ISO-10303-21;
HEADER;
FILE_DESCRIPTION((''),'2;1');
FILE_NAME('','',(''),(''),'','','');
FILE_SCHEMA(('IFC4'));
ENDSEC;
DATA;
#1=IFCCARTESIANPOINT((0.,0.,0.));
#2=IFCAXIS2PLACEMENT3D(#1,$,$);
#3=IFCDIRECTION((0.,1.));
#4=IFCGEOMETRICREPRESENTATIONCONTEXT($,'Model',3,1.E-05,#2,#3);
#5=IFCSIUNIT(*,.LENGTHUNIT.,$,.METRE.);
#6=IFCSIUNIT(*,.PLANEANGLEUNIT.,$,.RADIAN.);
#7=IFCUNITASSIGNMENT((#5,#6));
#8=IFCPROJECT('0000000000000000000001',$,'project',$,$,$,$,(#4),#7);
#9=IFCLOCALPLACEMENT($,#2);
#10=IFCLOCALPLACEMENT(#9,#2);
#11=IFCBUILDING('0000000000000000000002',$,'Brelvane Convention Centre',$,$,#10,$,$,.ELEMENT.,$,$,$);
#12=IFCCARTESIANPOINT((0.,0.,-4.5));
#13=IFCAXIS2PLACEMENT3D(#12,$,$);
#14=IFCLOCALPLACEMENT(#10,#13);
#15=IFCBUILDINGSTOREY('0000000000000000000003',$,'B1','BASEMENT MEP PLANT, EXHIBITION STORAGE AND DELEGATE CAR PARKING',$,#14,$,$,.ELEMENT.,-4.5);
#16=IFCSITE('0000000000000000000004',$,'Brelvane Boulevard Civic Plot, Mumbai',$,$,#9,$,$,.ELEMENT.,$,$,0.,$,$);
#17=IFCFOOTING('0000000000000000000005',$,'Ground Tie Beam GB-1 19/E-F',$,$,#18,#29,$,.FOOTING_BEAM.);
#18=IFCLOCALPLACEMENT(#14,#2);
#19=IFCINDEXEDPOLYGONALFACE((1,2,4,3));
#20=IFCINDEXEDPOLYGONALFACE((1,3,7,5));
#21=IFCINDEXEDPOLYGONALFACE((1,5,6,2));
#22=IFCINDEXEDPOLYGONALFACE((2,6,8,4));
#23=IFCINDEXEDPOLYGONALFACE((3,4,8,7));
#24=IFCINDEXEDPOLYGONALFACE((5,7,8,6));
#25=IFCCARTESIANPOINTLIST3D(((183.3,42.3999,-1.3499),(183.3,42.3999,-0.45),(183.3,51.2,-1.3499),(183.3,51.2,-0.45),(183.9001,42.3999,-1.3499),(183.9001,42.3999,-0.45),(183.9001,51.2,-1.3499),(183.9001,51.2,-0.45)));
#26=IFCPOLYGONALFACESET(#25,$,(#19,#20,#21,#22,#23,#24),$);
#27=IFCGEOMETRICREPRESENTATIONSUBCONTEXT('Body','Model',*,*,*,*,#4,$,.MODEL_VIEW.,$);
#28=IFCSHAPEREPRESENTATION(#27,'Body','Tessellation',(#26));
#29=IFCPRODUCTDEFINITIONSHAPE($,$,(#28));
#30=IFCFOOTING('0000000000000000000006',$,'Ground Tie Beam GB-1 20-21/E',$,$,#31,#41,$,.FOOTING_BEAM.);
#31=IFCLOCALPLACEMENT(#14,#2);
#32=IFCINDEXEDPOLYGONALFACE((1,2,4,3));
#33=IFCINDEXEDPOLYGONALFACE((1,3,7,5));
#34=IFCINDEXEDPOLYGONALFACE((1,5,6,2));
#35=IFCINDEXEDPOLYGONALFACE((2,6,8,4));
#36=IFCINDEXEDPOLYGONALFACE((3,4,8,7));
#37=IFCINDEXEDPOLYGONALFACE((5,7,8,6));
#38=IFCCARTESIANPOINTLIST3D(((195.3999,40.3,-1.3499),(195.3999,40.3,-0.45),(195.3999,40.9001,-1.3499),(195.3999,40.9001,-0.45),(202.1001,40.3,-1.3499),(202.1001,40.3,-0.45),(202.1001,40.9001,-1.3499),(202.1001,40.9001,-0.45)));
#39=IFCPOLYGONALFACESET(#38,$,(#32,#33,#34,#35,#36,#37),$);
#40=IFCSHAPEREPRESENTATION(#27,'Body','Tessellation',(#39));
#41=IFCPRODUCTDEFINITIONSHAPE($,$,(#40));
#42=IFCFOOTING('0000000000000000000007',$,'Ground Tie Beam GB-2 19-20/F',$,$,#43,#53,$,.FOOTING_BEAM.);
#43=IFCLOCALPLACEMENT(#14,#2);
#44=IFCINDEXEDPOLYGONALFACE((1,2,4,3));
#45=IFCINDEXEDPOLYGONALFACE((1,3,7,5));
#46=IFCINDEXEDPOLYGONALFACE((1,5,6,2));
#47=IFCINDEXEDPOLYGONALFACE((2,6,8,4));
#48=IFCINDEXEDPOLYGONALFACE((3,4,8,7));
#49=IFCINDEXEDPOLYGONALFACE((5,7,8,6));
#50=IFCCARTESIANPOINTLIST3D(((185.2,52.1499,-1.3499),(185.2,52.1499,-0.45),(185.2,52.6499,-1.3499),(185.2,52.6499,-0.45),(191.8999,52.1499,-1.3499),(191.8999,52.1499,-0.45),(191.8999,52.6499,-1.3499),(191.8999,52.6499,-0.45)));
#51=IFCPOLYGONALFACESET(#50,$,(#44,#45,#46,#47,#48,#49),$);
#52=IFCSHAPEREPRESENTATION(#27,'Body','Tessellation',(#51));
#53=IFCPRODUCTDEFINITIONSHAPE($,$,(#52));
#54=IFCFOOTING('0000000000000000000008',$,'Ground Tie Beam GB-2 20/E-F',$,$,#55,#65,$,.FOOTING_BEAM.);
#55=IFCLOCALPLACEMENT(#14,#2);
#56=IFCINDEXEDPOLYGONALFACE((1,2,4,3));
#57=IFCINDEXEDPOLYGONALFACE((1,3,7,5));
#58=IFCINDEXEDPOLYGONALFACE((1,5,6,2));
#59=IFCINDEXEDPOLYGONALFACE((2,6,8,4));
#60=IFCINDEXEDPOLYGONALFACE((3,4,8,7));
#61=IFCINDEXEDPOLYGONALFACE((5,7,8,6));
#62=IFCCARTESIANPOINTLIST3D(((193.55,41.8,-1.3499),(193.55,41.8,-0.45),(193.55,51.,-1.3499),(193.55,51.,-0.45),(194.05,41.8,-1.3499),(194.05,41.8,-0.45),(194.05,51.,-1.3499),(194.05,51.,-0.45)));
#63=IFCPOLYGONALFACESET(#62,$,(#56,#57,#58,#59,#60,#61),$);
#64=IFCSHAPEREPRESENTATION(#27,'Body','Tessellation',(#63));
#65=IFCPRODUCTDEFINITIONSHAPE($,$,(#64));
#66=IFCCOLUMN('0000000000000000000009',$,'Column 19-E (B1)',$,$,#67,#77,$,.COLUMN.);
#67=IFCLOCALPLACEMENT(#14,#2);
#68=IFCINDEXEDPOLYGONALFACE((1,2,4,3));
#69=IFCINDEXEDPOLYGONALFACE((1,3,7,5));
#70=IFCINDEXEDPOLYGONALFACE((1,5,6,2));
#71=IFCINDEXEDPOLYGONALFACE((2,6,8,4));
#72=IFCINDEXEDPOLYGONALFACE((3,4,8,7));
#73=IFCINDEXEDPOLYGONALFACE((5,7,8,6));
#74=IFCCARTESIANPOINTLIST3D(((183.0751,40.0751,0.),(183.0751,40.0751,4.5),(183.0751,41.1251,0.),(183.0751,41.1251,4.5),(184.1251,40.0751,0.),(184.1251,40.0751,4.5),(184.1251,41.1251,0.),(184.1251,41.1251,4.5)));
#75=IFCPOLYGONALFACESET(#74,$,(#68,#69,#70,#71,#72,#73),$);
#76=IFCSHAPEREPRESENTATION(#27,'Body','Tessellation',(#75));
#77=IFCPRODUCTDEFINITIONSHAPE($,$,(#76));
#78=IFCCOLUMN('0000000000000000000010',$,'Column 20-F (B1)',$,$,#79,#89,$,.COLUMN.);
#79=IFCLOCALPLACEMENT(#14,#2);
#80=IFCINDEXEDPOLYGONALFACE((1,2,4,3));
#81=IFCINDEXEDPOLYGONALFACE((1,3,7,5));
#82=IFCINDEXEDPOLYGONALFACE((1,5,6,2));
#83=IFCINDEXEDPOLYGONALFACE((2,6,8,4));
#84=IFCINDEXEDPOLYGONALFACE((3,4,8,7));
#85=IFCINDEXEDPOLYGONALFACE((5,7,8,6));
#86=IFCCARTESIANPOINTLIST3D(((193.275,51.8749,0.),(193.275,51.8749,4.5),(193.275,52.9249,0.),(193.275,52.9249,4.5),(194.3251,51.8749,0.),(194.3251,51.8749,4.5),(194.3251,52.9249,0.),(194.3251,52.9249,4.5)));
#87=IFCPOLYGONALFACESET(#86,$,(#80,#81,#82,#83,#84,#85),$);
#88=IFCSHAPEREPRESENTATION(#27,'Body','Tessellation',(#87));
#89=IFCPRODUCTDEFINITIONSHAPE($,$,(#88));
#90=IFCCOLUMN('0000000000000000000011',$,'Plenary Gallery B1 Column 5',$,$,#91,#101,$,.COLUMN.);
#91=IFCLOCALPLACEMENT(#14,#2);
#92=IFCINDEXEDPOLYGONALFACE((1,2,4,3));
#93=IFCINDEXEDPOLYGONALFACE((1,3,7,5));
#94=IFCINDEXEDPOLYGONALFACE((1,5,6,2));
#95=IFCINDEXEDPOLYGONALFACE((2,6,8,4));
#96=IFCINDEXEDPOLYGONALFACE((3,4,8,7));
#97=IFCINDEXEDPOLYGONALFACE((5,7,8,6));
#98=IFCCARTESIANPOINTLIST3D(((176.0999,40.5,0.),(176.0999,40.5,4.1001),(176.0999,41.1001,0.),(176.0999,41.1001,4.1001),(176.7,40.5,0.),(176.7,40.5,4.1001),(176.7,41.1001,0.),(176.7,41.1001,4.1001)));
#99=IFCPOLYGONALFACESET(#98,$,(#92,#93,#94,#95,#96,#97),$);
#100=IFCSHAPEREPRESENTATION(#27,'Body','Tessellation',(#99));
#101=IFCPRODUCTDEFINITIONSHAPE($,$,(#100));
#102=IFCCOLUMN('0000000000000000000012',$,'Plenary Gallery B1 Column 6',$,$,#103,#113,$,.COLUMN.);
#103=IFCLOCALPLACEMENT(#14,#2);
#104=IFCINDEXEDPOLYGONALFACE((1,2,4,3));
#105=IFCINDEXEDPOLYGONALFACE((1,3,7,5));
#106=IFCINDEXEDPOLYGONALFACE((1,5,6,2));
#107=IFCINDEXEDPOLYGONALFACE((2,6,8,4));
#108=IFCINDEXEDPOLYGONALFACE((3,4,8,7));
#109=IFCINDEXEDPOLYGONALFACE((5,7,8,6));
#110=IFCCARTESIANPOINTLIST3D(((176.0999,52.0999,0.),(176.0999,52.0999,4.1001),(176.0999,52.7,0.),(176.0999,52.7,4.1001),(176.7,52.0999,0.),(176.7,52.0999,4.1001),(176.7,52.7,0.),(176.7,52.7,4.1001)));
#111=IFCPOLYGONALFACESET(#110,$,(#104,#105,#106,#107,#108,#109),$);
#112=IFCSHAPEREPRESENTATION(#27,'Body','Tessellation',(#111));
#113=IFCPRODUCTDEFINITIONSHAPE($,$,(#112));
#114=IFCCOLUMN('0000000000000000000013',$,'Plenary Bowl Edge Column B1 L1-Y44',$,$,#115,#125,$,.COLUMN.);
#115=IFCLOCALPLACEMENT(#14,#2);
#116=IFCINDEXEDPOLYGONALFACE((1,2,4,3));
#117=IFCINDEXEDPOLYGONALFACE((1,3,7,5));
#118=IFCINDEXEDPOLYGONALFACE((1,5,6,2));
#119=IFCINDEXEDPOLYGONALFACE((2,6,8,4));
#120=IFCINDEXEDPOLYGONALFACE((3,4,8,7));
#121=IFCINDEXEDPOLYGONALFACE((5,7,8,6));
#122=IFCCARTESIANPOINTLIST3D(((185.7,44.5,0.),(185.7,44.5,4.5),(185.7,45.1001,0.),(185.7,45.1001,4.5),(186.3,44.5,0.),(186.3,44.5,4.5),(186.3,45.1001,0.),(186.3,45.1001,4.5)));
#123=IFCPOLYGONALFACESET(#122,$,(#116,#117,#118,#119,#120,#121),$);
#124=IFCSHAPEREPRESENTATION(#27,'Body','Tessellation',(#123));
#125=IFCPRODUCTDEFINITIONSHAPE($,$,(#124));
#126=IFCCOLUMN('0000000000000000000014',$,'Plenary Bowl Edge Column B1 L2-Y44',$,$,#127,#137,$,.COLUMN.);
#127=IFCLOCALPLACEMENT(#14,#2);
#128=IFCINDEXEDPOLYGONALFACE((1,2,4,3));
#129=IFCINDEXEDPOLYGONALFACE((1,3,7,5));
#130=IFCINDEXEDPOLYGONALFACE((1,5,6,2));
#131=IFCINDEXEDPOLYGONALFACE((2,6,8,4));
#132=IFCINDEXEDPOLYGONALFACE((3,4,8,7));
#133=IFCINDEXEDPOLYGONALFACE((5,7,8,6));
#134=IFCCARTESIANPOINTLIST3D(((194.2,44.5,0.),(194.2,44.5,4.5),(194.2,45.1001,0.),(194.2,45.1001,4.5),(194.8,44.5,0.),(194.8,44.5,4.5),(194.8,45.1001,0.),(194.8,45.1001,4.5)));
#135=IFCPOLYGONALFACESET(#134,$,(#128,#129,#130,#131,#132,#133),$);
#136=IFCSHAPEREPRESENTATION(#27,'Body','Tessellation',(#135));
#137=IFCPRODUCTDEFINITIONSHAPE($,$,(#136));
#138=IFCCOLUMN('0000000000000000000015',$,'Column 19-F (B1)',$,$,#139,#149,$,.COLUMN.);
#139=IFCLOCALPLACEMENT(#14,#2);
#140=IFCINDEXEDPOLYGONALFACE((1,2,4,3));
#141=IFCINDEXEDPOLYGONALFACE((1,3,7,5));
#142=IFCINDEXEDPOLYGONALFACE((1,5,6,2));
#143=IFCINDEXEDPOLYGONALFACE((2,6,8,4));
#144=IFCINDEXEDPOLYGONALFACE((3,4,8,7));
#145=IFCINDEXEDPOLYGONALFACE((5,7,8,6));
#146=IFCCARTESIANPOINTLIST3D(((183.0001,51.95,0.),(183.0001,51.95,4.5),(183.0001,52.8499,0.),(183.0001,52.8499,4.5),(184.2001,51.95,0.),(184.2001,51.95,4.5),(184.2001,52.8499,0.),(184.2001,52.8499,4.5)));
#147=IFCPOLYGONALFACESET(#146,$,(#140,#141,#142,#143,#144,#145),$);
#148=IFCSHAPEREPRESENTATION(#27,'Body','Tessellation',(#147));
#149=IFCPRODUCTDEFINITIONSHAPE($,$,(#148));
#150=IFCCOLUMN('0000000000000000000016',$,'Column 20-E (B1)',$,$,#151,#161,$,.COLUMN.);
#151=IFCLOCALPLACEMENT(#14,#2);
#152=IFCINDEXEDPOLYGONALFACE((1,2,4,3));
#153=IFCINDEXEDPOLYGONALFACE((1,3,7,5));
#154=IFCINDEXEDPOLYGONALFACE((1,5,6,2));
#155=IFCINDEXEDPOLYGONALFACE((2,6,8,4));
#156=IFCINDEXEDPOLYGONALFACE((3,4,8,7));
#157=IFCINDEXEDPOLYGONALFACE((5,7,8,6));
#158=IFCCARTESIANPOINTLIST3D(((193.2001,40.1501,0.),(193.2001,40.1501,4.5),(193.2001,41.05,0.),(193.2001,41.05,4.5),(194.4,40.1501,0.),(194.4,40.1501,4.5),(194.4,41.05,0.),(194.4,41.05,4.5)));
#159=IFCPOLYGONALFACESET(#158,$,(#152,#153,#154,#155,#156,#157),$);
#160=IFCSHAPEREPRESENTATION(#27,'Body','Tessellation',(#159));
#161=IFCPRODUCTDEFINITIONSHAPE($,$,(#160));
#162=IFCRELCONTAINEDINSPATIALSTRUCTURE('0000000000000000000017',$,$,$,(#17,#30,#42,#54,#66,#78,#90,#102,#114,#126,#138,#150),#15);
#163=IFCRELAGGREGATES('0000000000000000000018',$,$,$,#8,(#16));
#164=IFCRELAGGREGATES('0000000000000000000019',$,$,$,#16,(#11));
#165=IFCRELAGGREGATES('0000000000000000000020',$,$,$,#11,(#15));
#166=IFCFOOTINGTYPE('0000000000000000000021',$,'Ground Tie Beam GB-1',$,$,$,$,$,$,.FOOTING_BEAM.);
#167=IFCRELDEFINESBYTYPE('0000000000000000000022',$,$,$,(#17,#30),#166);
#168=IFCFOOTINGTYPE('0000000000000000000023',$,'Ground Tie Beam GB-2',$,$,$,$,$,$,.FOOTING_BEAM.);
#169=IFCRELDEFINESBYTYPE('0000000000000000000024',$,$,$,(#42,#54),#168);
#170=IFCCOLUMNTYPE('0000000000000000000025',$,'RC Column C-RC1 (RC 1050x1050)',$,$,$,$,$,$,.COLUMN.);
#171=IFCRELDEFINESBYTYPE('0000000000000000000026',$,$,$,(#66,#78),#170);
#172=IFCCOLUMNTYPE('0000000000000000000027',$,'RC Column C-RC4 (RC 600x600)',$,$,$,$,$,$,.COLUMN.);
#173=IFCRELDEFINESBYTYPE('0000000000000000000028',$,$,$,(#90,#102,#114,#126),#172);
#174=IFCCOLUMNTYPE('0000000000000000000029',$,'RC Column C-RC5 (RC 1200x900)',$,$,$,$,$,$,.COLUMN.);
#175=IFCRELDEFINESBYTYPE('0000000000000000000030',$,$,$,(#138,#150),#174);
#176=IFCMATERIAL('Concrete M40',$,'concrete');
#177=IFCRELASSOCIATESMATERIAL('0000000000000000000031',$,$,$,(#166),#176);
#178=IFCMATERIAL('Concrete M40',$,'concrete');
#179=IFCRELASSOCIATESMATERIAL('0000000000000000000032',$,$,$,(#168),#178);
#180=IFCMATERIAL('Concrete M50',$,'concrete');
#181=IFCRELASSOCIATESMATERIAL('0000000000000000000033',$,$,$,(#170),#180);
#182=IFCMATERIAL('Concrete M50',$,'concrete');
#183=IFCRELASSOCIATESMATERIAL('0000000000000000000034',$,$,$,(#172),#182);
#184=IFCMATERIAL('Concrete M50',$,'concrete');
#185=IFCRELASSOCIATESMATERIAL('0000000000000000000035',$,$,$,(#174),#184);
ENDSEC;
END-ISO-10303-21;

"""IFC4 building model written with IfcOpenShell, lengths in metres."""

from ifc_helpers import new_model, si_unit, direction, frame, origin, origin_2d, place, context, subcontext, project, spatial, rectangle, extrude, material, material_profile, profile_set, type_object, element, save


model = new_model("IFC4")

# Units and contexts
model_context = context("Model", 3, precision=1e-05, world=origin(), true_north=direction((0.0, 1.0)))
body_context = subcontext(model_context, "Body", "Model", "MODEL_VIEW")
ifc_project = project(units=[si_unit("LENGTHUNIT", "METRE"), si_unit("PLANEANGLEUNIT", "RADIAN")], contexts=[model_context])

# Site, building, storey
site_placement = place(None, origin())
site = spatial("IfcSite", under=ifc_project, at=site_placement, Name="Brelvane Boulevard Civic Plot, Mumbai", CompositionType="ELEMENT", RefElevation=0.0)
building_placement = place(site_placement, origin())
building = spatial("IfcBuilding", under=site, at=building_placement, Name="Brelvane Convention Centre", CompositionType="ELEMENT")
storey_placement = place(building_placement, frame((0.0, 0.0, -4.5)))
storey = spatial("IfcBuildingStorey", under=building, at=storey_placement, Name="B1", Description="BASEMENT MEP PLANT, EXHIBITION STORAGE AND DELEGATE CAR PARKING", CompositionType="ELEMENT", Elevation=-4.5)

# Footings
ifc_material_1 = material(Name="Concrete M40", Category="concrete")
ifc_material_profile_1 = material_profile(ifc_material_1, rectangle(XDim=0.6001, YDim=0.8999, at=origin_2d()), Name="RC 600x900")
ifc_profile_set_1 = profile_set([ifc_material_profile_1], Name="Concrete M40")
footing_type_1 = type_object("IfcFootingType", Name="Ground Tie Beam GB-1", PredefinedType="FOOTING_BEAM", material=ifc_profile_set_1)
footing_1_placement = place(storey_placement, frame((183.6001, 42.3999, -0.8999), z_axis=(0.0, 1.0, 0.0), x_axis=(-1.0, 0.0, 0.0)))
element("IfcFooting", 1, at=footing_1_placement, inside=storey, type_object=footing_type_1, Name="Ground Tie Beam GB-1 19/E-F", PredefinedType="FOOTING_BEAM", context=body_context, shape_type="SweptSolid", body=[
    extrude(rectangle(XDim=0.6001, YDim=0.8999, at=origin_2d()), origin(), (0.0, 0.0, 1.0), 8.8),
])
footing_2_placement = place(storey_placement, frame((195.3999, 40.6001, -0.8999), z_axis=(1.0, 0.0, 0.0), x_axis=(0.0, 1.0, 0.0)))
element("IfcFooting", 2, at=footing_2_placement, inside=storey, type_object=footing_type_1, Name="Ground Tie Beam GB-1 20-21/E", PredefinedType="FOOTING_BEAM", context=body_context, shape_type="SweptSolid", body=[
    extrude(rectangle(XDim=0.6001, YDim=0.8999, at=origin_2d()), origin(), (0.0, 0.0, 1.0), 6.7002),
])
ifc_material_2 = material(Name="Concrete M40", Category="concrete")
ifc_material_profile_2 = material_profile(ifc_material_2, rectangle(XDim=0.5, YDim=0.8999, at=origin_2d()), Name="RC 500x900")
ifc_profile_set_2 = profile_set([ifc_material_profile_2], Name="Concrete M40")
footing_type_2 = type_object("IfcFootingType", Name="Ground Tie Beam GB-2", PredefinedType="FOOTING_BEAM", material=ifc_profile_set_2)
footing_3_placement = place(storey_placement, frame((185.2, 52.3999, -0.8999), z_axis=(1.0, 0.0, 0.0), x_axis=(0.0, 1.0, 0.0)))
element("IfcFooting", 3, at=footing_3_placement, inside=storey, type_object=footing_type_2, Name="Ground Tie Beam GB-2 19-20/F", PredefinedType="FOOTING_BEAM", context=body_context, shape_type="SweptSolid", body=[
    extrude(rectangle(XDim=0.5, YDim=0.8999, at=origin_2d()), origin(), (0.0, 0.0, 1.0), 6.7),
])
footing_4_placement = place(storey_placement, frame((193.8, 41.8, -0.8999), z_axis=(0.0, 1.0, 0.0), x_axis=(-1.0, 0.0, 0.0)))
element("IfcFooting", 4, at=footing_4_placement, inside=storey, type_object=footing_type_2, Name="Ground Tie Beam GB-2 20/E-F", PredefinedType="FOOTING_BEAM", context=body_context, shape_type="SweptSolid", body=[
    extrude(rectangle(XDim=0.5, YDim=0.8999, at=origin_2d()), origin(), (0.0, 0.0, 1.0), 9.2),
])

# Columns
ifc_material_3 = material(Name="Concrete M50", Category="concrete")
ifc_material_profile_3 = material_profile(ifc_material_3, rectangle(XDim=1.05, YDim=1.05, at=origin_2d()), Name="RC 1050x1050")
ifc_profile_set_3 = profile_set([ifc_material_profile_3], Name="Concrete M50")
column_type_1 = type_object("IfcColumnType", Name="RC Column C-RC1 (RC 1050x1050)", PredefinedType="COLUMN", material=ifc_profile_set_3)
for number, where, z_axis, x_axis, name in (
    (5, (183.6001, 40.6001, 0.0), (0.0, 0.0, 1.0), (1.0, 0.0, 0.0), "Column 19-E (B1)"),
    (6, (193.8, 52.3999, 0.0), (0.0, 0.0, 1.0), (1.0, 0.0, 0.0), "Column 20-F (B1)"),
):
    element("IfcColumn", number, at=place(storey_placement, frame(where, z_axis=z_axis, x_axis=x_axis)), inside=storey, type_object=column_type_1, Name=name, PredefinedType="COLUMN", context=body_context, shape_type="SweptSolid", body=[
        extrude(rectangle(XDim=1.05, YDim=1.05, at=origin_2d()), origin(), (0.0, 0.0, 1.0), 4.5),
    ])
ifc_material_4 = material(Name="Concrete M50", Category="concrete")
ifc_material_profile_4 = material_profile(ifc_material_4, rectangle(XDim=0.6001, YDim=0.6001, at=origin_2d()), Name="RC 600x600")
ifc_profile_set_4 = profile_set([ifc_material_profile_4], Name="Concrete M50")
column_type_2 = type_object("IfcColumnType", Name="RC Column C-RC4 (RC 600x600)", PredefinedType="COLUMN", material=ifc_profile_set_4)
for number, where, z_axis, x_axis, name in (
    (7, (176.3999, 40.8, 0.0), (0.0, 0.0, 1.0), (1.0, 0.0, 0.0), "Plenary Gallery B1 Column 5"),
    (8, (176.3999, 52.3999, 0.0), (0.0, 0.0, 1.0), (1.0, 0.0, 0.0), "Plenary Gallery B1 Column 6"),
):
    element("IfcColumn", number, at=place(storey_placement, frame(where, z_axis=z_axis, x_axis=x_axis)), inside=storey, type_object=column_type_2, Name=name, PredefinedType="COLUMN", context=body_context, shape_type="SweptSolid", body=[
        extrude(rectangle(XDim=0.6001, YDim=0.6001, at=origin_2d()), origin(), (0.0, 0.0, 1.0), 4.1001),
    ])
for number, where, z_axis, x_axis, name in (
    (9, (186.0, 44.8, 0.0), (0.0, 0.0, 1.0), (1.0, 0.0, 0.0), "Plenary Bowl Edge Column B1 L1-Y44"),
    (10, (194.5, 44.8, 0.0), (0.0, 0.0, 1.0), (1.0, 0.0, 0.0), "Plenary Bowl Edge Column B1 L2-Y44"),
):
    element("IfcColumn", number, at=place(storey_placement, frame(where, z_axis=z_axis, x_axis=x_axis)), inside=storey, type_object=column_type_2, Name=name, PredefinedType="COLUMN", context=body_context, shape_type="SweptSolid", body=[
        extrude(rectangle(XDim=0.6001, YDim=0.6001, at=origin_2d()), origin(), (0.0, 0.0, 1.0), 4.5),
    ])
ifc_material_5 = material(Name="Concrete M50", Category="concrete")
ifc_material_profile_5 = material_profile(ifc_material_5, rectangle(XDim=1.2, YDim=0.8999, at=origin_2d()), Name="RC 1200x900")
ifc_profile_set_5 = profile_set([ifc_material_profile_5], Name="Concrete M50")
column_type_3 = type_object("IfcColumnType", Name="RC Column C-RC5 (RC 1200x900)", PredefinedType="COLUMN", material=ifc_profile_set_5)
for number, where, z_axis, x_axis, name in (
    (11, (183.6001, 52.3999, 0.0), (0.0, 0.0, 1.0), (1.0, 0.0, 0.0), "Column 19-F (B1)"),
    (12, (193.8, 40.6001, 0.0), (0.0, 0.0, 1.0), (1.0, 0.0, 0.0), "Column 20-E (B1)"),
):
    element("IfcColumn", number, at=place(storey_placement, frame(where, z_axis=z_axis, x_axis=x_axis)), inside=storey, type_object=column_type_3, Name=name, PredefinedType="COLUMN", context=body_context, shape_type="SweptSolid", body=[
        extrude(rectangle(XDim=1.2, YDim=0.8999, at=origin_2d()), origin(), (0.0, 0.0, 1.0), 4.5),
    ])

save(model, "model.ifc")
